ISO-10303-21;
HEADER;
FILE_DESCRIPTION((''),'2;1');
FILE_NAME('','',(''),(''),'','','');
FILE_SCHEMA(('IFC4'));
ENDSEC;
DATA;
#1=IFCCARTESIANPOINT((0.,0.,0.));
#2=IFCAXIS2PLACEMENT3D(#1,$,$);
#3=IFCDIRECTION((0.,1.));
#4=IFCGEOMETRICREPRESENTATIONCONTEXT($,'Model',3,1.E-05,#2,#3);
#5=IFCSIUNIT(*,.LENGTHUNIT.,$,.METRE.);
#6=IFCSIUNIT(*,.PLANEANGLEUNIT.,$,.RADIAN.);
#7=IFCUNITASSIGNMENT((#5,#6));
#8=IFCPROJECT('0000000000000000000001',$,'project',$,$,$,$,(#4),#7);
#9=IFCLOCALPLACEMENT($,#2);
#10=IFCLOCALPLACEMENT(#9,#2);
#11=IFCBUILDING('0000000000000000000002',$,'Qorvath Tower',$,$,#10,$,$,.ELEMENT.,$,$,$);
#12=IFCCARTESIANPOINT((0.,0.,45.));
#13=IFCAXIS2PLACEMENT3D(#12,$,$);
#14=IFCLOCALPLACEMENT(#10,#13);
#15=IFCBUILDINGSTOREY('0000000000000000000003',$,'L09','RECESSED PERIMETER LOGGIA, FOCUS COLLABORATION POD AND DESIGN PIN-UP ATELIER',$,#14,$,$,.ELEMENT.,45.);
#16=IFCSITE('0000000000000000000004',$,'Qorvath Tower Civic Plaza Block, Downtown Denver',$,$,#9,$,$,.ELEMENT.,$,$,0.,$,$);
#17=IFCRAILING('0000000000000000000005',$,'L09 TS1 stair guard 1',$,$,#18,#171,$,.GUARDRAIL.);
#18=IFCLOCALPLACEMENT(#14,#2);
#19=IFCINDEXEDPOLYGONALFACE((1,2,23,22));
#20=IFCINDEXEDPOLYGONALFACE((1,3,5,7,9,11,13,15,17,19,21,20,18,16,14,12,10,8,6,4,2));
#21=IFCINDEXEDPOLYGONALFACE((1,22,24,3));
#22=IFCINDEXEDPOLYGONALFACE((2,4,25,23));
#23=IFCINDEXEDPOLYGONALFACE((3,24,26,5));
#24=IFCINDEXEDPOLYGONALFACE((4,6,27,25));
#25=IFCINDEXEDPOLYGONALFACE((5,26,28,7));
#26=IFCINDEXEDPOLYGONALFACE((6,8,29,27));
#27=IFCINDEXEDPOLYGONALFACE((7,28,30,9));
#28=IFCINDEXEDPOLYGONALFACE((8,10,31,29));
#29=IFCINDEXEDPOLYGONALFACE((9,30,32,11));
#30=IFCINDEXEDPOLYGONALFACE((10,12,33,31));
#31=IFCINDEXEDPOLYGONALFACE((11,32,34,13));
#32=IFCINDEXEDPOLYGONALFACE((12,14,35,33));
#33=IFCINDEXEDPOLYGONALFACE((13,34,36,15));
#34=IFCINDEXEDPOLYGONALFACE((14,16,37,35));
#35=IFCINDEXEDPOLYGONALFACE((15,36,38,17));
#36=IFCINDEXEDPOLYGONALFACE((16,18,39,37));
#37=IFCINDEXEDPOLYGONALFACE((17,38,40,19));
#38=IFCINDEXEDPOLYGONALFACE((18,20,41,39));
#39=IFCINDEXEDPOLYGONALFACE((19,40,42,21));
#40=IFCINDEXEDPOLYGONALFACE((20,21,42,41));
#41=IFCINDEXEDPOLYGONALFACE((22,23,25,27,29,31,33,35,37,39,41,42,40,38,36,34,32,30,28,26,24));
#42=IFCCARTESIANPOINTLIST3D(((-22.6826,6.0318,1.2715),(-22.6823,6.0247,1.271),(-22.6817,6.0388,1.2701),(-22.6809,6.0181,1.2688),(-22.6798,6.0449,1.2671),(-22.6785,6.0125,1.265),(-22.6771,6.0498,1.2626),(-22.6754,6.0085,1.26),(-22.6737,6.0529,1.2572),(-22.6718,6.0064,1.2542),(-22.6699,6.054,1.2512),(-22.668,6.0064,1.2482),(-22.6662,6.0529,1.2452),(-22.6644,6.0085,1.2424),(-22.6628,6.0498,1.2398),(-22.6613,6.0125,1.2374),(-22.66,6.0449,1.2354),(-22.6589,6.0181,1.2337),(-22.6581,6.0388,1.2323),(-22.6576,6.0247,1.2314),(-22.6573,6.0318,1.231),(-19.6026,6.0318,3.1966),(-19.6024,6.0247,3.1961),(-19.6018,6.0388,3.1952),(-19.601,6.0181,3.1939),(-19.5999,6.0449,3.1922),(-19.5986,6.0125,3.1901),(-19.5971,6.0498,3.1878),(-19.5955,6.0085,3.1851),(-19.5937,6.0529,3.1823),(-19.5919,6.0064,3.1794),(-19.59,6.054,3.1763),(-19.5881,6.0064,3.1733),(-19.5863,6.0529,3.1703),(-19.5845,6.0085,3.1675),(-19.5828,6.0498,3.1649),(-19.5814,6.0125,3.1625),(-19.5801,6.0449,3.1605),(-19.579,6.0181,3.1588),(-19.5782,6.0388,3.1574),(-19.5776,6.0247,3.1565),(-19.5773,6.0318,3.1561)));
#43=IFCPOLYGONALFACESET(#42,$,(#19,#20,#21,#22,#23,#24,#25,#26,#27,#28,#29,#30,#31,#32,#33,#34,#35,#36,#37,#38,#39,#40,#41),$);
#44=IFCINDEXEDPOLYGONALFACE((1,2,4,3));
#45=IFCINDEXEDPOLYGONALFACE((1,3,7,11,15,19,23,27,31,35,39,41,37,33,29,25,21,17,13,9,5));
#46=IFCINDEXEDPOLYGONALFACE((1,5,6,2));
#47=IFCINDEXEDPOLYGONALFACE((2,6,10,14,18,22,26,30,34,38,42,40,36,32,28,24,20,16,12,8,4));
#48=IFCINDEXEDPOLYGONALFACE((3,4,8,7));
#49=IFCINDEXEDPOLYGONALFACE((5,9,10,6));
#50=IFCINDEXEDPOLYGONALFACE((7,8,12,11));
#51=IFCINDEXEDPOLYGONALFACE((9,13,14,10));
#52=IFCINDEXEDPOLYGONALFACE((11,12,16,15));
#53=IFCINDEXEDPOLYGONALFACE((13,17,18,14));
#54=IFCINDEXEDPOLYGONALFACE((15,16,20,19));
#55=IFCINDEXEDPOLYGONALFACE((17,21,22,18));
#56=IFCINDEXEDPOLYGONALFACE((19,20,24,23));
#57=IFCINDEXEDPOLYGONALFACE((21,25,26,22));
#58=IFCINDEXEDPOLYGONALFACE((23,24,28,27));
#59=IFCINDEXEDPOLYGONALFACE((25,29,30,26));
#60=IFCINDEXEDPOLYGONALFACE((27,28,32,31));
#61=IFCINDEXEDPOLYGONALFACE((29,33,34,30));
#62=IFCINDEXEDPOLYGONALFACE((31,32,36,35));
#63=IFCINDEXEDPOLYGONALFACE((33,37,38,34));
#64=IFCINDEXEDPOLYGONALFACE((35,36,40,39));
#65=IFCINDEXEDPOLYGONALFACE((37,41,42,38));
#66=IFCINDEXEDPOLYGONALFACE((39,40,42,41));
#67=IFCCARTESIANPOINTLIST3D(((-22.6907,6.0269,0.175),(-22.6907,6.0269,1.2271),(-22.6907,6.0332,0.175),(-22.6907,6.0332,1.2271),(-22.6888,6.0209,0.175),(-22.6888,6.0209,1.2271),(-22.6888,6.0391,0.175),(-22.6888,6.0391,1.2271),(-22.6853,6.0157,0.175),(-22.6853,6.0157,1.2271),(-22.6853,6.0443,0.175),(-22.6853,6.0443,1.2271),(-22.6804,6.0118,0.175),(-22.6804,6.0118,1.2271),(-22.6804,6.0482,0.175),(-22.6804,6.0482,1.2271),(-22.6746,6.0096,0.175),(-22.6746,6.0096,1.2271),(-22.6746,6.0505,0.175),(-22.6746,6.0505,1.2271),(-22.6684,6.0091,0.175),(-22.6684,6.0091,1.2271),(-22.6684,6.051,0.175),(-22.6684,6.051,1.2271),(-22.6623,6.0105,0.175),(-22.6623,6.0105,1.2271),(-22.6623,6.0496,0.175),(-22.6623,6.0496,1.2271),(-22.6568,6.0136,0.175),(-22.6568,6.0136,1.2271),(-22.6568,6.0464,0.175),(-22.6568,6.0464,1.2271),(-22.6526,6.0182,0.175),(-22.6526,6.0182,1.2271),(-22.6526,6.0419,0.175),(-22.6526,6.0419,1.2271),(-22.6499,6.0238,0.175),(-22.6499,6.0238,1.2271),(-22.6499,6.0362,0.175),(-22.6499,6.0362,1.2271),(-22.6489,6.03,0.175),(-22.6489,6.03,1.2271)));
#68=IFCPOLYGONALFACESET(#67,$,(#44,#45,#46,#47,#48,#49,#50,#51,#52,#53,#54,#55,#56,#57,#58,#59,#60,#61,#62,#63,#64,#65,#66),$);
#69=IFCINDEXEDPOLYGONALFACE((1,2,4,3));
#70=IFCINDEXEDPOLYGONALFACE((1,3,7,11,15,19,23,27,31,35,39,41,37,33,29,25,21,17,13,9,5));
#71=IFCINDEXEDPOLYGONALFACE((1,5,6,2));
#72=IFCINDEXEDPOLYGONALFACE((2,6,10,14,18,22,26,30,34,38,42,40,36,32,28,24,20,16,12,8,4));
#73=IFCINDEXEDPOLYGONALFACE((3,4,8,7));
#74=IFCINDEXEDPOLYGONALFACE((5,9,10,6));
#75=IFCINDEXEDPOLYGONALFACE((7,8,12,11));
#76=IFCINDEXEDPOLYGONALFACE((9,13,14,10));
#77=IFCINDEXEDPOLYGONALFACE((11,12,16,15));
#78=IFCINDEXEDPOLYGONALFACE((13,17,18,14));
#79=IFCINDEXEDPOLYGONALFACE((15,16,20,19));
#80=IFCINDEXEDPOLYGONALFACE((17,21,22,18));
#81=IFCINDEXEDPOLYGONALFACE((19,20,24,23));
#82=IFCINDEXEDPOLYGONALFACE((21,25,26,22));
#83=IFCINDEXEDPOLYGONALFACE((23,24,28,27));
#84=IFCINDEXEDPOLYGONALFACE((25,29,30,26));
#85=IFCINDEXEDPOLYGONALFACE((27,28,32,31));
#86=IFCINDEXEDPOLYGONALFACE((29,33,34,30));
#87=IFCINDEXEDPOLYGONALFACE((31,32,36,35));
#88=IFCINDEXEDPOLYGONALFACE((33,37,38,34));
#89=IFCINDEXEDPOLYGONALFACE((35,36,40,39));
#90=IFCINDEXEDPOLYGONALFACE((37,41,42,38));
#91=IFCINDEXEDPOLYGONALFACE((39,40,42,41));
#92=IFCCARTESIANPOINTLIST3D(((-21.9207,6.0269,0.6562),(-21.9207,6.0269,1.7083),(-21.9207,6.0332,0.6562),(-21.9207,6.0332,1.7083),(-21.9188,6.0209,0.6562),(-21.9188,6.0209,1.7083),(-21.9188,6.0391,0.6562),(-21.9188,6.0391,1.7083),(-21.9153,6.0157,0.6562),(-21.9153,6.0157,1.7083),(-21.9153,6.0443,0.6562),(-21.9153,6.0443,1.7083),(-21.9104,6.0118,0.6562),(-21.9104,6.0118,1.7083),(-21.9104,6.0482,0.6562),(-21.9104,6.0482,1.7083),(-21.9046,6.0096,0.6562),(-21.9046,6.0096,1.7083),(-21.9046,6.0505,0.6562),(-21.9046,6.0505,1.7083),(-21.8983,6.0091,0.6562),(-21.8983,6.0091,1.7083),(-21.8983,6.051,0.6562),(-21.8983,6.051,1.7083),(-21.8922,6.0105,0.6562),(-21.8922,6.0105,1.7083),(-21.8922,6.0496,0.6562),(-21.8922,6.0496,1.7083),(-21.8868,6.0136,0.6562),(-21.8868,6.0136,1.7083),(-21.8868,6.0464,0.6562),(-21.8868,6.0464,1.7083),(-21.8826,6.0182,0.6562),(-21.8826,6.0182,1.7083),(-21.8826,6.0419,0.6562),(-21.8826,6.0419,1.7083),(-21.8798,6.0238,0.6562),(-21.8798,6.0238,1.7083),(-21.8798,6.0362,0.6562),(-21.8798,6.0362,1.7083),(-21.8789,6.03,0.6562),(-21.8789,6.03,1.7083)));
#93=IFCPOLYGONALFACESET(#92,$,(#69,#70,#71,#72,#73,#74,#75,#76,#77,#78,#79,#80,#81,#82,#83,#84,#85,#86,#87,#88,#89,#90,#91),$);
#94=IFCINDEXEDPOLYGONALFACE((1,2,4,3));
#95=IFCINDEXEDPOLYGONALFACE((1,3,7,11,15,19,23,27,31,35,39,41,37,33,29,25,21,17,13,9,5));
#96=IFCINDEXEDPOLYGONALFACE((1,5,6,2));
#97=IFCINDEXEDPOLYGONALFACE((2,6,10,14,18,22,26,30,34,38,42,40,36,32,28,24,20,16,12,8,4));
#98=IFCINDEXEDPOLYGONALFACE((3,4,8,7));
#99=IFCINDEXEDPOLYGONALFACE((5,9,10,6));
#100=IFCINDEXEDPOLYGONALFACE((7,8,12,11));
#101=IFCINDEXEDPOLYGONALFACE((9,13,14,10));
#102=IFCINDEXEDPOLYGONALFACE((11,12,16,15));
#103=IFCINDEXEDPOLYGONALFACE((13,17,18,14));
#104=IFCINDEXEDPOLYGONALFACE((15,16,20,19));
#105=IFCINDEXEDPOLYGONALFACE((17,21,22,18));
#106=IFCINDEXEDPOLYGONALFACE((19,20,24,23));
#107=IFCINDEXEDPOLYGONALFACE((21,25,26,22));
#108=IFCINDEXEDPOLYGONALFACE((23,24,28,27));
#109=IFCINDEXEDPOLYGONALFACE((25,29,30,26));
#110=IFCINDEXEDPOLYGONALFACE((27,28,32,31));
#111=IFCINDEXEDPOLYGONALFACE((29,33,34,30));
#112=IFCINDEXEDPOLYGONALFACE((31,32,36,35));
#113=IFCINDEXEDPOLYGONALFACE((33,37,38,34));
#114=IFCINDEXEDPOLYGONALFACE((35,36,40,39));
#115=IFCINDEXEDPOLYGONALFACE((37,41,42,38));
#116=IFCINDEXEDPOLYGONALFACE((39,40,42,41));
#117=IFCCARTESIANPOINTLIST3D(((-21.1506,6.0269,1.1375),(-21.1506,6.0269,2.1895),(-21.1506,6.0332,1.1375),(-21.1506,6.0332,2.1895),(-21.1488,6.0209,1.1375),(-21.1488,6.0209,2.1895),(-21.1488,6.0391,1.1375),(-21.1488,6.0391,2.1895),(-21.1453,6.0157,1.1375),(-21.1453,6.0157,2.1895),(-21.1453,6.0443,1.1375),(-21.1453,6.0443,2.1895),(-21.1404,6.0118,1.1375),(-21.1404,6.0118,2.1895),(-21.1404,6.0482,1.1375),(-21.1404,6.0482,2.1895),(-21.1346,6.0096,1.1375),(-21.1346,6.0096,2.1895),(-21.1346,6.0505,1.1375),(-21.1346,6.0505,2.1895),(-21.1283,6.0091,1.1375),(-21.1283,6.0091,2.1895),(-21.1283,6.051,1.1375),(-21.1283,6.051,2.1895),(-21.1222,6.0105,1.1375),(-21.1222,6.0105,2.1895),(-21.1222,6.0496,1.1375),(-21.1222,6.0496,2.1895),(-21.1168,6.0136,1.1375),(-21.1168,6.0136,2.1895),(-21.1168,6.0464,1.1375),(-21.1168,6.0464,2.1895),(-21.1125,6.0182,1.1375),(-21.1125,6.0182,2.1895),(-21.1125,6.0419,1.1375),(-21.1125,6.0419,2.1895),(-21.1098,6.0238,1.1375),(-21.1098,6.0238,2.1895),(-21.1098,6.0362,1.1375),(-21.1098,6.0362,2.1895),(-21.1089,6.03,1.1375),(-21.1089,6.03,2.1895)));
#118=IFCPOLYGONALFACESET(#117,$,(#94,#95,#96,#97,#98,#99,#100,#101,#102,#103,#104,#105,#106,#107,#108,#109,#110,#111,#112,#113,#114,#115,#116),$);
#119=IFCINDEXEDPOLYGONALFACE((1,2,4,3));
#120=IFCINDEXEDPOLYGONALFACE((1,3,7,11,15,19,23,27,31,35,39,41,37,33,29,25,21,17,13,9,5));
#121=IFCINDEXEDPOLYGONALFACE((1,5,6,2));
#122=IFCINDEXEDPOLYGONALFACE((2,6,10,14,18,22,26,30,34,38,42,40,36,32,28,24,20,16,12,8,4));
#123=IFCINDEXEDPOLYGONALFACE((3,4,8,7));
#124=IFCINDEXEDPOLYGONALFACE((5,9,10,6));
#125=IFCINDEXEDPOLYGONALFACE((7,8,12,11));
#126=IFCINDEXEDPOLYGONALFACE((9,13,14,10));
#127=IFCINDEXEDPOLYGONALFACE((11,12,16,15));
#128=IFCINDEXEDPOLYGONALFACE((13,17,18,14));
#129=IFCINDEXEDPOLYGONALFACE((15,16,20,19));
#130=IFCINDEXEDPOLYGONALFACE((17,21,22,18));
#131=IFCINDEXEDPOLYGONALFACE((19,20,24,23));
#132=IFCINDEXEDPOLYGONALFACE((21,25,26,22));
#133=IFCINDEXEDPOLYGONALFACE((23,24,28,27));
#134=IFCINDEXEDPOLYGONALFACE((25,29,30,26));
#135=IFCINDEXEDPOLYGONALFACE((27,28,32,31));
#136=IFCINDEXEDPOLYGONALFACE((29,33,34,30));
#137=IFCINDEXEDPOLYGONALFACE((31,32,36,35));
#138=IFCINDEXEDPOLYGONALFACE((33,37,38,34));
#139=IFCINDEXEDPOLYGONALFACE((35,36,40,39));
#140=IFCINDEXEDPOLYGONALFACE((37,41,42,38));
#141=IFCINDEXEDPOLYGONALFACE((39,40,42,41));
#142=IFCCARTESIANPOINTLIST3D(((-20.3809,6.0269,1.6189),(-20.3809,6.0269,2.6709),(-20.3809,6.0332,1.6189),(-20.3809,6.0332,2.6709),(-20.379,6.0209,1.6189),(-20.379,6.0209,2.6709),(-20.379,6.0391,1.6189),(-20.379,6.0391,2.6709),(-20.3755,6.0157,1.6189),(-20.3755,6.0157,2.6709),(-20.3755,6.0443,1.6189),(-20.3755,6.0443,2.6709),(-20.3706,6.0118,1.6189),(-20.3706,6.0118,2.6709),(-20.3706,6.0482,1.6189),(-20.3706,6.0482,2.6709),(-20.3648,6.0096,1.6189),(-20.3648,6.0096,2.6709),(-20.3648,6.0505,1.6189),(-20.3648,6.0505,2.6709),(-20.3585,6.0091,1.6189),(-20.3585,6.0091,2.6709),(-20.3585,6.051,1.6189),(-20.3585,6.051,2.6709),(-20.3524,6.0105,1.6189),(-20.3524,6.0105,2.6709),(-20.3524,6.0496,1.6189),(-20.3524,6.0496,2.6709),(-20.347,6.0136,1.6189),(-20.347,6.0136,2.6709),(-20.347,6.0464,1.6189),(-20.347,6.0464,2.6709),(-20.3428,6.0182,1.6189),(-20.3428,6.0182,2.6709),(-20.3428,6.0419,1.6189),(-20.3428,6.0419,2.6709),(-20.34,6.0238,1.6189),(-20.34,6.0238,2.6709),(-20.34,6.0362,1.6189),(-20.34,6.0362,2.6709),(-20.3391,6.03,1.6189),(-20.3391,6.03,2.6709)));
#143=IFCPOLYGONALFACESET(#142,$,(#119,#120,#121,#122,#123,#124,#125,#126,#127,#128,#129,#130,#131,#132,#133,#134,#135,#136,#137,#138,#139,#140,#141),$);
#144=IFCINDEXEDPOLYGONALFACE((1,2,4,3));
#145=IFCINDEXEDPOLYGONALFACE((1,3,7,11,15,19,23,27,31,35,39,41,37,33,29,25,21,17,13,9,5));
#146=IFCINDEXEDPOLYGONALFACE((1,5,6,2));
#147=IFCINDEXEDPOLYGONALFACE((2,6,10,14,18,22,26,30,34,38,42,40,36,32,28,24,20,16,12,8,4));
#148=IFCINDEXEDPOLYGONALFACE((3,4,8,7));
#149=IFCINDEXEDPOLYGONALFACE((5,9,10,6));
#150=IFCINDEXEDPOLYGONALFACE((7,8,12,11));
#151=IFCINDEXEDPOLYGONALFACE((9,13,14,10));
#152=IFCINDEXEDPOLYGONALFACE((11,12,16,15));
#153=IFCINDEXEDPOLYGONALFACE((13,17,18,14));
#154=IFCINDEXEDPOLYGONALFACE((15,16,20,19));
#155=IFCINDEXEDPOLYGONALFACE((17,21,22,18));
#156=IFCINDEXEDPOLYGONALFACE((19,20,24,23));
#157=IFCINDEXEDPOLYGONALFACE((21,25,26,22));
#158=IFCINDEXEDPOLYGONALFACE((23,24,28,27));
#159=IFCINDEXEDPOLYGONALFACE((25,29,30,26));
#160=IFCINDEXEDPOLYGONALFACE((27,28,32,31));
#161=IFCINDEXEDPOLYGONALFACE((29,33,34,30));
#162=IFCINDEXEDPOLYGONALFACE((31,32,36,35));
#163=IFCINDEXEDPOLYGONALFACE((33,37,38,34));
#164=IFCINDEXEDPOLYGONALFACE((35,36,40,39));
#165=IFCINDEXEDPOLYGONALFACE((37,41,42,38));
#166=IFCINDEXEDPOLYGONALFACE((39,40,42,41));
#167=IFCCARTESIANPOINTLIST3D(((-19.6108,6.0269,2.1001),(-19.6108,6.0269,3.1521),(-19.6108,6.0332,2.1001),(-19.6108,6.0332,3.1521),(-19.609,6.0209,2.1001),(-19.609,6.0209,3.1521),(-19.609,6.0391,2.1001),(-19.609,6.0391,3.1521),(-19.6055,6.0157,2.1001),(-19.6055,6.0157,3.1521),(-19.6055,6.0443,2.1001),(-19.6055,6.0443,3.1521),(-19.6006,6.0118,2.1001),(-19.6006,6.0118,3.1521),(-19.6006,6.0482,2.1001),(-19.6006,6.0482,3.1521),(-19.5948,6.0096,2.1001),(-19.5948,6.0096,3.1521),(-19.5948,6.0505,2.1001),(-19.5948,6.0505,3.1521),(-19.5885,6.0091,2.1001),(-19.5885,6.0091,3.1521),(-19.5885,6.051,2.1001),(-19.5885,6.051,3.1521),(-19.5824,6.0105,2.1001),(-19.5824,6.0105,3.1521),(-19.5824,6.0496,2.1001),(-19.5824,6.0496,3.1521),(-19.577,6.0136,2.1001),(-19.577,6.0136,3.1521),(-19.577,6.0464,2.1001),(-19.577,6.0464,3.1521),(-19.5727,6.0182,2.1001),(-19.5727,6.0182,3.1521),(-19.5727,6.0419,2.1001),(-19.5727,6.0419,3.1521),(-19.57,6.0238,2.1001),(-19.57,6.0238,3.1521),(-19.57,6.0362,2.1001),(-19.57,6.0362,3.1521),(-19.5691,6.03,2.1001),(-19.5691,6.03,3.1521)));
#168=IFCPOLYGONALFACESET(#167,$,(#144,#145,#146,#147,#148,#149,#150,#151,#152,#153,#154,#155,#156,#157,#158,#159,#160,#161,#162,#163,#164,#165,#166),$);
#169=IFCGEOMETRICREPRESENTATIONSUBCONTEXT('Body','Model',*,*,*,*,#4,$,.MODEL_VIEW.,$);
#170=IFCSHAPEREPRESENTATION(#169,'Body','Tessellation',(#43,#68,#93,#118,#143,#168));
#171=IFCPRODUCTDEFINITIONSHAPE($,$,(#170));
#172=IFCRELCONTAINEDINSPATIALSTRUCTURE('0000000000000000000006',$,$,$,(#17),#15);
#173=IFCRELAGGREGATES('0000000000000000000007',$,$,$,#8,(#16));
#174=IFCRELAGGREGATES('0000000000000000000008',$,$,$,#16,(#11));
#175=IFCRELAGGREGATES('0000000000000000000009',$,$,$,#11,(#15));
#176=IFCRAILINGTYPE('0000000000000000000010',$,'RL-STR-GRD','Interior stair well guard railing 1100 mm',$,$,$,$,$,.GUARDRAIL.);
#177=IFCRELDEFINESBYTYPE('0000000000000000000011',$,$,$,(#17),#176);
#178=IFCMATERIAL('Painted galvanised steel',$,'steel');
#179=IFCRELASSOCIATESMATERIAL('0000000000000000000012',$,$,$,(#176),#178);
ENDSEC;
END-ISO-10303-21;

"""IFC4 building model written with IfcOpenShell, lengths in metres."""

from ifc_helpers import new_model, si_unit, direction, frame, origin, origin_2d, place, context, subcontext, project, spatial, circle, extrude, material, type_object, element, save


model = new_model("IFC4")

# Units and contexts
model_context = context("Model", 3, precision=1e-05, world=origin(), true_north=direction((0.0, 1.0)))
body_context = subcontext(model_context, "Body", "Model", "MODEL_VIEW")
ifc_project = project(units=[si_unit("LENGTHUNIT", "METRE"), si_unit("PLANEANGLEUNIT", "RADIAN")], contexts=[model_context])

# Site, building, storey
site_placement = place(None, origin())
site = spatial("IfcSite", under=ifc_project, at=site_placement, Name="Qorvath Tower Civic Plaza Block, Downtown Denver", CompositionType="ELEMENT", RefElevation=0.0)
building_placement = place(site_placement, origin())
building = spatial("IfcBuilding", under=site, at=building_placement, Name="Qorvath Tower", CompositionType="ELEMENT")
storey_placement = place(building_placement, frame((0.0, 0.0, 45.0)))
storey = spatial("IfcBuildingStorey", under=building, at=storey_placement, Name="L09", Description="RECESSED PERIMETER LOGGIA, FOCUS COLLABORATION POD AND DESIGN PIN-UP ATELIER", CompositionType="ELEMENT", Elevation=45.0)

# Railing
ifc_material_1 = material(Name="Painted galvanised steel", Category="steel")
railing_type_1 = type_object("IfcRailingType", Name="RL-STR-GRD", Description="Interior stair well guard railing 1100 mm", PredefinedType="GUARDRAIL", material=ifc_material_1)
railing_1_placement = place(storey_placement, frame((-22.6699, 6.03, 0.175)))
element("IfcRailing", 1, at=railing_1_placement, inside=storey, type_object=railing_type_1, Name="L09 TS1 stair guard 1", PredefinedType="GUARDRAIL", context=body_context, shape_type="SweptSolid", body=[
    extrude(circle(Radius=0.0239, at=origin_2d()), frame((0.0, 0.0, 1.0762), z_axis=(0.847979, 0.0, 0.530029), x_axis=(0.0, 1.0, 0.0)), (0.0, 0.0, 1.0), 3.6321),
    extrude(circle(Radius=0.021, at=origin_2d()), origin(), (0.0, 0.0, 1.0), 1.052),
    extrude(circle(Radius=0.021, at=origin_2d()), frame((0.77, 0.0, 0.4812)), (0.0, 0.0, 1.0), 1.052),
    extrude(circle(Radius=0.021, at=origin_2d()), frame((1.54, 0.0, 0.9624)), (0.0, 0.0, 1.0), 1.052),
    extrude(circle(Radius=0.021, at=origin_2d()), frame((2.3098, 0.0, 1.4438)), (0.0, 0.0, 1.0), 1.052),
    extrude(circle(Radius=0.021, at=origin_2d()), frame((3.0798, 0.0, 1.925)), (0.0, 0.0, 1.0), 1.052),
])

save(model, "model.ifc")
